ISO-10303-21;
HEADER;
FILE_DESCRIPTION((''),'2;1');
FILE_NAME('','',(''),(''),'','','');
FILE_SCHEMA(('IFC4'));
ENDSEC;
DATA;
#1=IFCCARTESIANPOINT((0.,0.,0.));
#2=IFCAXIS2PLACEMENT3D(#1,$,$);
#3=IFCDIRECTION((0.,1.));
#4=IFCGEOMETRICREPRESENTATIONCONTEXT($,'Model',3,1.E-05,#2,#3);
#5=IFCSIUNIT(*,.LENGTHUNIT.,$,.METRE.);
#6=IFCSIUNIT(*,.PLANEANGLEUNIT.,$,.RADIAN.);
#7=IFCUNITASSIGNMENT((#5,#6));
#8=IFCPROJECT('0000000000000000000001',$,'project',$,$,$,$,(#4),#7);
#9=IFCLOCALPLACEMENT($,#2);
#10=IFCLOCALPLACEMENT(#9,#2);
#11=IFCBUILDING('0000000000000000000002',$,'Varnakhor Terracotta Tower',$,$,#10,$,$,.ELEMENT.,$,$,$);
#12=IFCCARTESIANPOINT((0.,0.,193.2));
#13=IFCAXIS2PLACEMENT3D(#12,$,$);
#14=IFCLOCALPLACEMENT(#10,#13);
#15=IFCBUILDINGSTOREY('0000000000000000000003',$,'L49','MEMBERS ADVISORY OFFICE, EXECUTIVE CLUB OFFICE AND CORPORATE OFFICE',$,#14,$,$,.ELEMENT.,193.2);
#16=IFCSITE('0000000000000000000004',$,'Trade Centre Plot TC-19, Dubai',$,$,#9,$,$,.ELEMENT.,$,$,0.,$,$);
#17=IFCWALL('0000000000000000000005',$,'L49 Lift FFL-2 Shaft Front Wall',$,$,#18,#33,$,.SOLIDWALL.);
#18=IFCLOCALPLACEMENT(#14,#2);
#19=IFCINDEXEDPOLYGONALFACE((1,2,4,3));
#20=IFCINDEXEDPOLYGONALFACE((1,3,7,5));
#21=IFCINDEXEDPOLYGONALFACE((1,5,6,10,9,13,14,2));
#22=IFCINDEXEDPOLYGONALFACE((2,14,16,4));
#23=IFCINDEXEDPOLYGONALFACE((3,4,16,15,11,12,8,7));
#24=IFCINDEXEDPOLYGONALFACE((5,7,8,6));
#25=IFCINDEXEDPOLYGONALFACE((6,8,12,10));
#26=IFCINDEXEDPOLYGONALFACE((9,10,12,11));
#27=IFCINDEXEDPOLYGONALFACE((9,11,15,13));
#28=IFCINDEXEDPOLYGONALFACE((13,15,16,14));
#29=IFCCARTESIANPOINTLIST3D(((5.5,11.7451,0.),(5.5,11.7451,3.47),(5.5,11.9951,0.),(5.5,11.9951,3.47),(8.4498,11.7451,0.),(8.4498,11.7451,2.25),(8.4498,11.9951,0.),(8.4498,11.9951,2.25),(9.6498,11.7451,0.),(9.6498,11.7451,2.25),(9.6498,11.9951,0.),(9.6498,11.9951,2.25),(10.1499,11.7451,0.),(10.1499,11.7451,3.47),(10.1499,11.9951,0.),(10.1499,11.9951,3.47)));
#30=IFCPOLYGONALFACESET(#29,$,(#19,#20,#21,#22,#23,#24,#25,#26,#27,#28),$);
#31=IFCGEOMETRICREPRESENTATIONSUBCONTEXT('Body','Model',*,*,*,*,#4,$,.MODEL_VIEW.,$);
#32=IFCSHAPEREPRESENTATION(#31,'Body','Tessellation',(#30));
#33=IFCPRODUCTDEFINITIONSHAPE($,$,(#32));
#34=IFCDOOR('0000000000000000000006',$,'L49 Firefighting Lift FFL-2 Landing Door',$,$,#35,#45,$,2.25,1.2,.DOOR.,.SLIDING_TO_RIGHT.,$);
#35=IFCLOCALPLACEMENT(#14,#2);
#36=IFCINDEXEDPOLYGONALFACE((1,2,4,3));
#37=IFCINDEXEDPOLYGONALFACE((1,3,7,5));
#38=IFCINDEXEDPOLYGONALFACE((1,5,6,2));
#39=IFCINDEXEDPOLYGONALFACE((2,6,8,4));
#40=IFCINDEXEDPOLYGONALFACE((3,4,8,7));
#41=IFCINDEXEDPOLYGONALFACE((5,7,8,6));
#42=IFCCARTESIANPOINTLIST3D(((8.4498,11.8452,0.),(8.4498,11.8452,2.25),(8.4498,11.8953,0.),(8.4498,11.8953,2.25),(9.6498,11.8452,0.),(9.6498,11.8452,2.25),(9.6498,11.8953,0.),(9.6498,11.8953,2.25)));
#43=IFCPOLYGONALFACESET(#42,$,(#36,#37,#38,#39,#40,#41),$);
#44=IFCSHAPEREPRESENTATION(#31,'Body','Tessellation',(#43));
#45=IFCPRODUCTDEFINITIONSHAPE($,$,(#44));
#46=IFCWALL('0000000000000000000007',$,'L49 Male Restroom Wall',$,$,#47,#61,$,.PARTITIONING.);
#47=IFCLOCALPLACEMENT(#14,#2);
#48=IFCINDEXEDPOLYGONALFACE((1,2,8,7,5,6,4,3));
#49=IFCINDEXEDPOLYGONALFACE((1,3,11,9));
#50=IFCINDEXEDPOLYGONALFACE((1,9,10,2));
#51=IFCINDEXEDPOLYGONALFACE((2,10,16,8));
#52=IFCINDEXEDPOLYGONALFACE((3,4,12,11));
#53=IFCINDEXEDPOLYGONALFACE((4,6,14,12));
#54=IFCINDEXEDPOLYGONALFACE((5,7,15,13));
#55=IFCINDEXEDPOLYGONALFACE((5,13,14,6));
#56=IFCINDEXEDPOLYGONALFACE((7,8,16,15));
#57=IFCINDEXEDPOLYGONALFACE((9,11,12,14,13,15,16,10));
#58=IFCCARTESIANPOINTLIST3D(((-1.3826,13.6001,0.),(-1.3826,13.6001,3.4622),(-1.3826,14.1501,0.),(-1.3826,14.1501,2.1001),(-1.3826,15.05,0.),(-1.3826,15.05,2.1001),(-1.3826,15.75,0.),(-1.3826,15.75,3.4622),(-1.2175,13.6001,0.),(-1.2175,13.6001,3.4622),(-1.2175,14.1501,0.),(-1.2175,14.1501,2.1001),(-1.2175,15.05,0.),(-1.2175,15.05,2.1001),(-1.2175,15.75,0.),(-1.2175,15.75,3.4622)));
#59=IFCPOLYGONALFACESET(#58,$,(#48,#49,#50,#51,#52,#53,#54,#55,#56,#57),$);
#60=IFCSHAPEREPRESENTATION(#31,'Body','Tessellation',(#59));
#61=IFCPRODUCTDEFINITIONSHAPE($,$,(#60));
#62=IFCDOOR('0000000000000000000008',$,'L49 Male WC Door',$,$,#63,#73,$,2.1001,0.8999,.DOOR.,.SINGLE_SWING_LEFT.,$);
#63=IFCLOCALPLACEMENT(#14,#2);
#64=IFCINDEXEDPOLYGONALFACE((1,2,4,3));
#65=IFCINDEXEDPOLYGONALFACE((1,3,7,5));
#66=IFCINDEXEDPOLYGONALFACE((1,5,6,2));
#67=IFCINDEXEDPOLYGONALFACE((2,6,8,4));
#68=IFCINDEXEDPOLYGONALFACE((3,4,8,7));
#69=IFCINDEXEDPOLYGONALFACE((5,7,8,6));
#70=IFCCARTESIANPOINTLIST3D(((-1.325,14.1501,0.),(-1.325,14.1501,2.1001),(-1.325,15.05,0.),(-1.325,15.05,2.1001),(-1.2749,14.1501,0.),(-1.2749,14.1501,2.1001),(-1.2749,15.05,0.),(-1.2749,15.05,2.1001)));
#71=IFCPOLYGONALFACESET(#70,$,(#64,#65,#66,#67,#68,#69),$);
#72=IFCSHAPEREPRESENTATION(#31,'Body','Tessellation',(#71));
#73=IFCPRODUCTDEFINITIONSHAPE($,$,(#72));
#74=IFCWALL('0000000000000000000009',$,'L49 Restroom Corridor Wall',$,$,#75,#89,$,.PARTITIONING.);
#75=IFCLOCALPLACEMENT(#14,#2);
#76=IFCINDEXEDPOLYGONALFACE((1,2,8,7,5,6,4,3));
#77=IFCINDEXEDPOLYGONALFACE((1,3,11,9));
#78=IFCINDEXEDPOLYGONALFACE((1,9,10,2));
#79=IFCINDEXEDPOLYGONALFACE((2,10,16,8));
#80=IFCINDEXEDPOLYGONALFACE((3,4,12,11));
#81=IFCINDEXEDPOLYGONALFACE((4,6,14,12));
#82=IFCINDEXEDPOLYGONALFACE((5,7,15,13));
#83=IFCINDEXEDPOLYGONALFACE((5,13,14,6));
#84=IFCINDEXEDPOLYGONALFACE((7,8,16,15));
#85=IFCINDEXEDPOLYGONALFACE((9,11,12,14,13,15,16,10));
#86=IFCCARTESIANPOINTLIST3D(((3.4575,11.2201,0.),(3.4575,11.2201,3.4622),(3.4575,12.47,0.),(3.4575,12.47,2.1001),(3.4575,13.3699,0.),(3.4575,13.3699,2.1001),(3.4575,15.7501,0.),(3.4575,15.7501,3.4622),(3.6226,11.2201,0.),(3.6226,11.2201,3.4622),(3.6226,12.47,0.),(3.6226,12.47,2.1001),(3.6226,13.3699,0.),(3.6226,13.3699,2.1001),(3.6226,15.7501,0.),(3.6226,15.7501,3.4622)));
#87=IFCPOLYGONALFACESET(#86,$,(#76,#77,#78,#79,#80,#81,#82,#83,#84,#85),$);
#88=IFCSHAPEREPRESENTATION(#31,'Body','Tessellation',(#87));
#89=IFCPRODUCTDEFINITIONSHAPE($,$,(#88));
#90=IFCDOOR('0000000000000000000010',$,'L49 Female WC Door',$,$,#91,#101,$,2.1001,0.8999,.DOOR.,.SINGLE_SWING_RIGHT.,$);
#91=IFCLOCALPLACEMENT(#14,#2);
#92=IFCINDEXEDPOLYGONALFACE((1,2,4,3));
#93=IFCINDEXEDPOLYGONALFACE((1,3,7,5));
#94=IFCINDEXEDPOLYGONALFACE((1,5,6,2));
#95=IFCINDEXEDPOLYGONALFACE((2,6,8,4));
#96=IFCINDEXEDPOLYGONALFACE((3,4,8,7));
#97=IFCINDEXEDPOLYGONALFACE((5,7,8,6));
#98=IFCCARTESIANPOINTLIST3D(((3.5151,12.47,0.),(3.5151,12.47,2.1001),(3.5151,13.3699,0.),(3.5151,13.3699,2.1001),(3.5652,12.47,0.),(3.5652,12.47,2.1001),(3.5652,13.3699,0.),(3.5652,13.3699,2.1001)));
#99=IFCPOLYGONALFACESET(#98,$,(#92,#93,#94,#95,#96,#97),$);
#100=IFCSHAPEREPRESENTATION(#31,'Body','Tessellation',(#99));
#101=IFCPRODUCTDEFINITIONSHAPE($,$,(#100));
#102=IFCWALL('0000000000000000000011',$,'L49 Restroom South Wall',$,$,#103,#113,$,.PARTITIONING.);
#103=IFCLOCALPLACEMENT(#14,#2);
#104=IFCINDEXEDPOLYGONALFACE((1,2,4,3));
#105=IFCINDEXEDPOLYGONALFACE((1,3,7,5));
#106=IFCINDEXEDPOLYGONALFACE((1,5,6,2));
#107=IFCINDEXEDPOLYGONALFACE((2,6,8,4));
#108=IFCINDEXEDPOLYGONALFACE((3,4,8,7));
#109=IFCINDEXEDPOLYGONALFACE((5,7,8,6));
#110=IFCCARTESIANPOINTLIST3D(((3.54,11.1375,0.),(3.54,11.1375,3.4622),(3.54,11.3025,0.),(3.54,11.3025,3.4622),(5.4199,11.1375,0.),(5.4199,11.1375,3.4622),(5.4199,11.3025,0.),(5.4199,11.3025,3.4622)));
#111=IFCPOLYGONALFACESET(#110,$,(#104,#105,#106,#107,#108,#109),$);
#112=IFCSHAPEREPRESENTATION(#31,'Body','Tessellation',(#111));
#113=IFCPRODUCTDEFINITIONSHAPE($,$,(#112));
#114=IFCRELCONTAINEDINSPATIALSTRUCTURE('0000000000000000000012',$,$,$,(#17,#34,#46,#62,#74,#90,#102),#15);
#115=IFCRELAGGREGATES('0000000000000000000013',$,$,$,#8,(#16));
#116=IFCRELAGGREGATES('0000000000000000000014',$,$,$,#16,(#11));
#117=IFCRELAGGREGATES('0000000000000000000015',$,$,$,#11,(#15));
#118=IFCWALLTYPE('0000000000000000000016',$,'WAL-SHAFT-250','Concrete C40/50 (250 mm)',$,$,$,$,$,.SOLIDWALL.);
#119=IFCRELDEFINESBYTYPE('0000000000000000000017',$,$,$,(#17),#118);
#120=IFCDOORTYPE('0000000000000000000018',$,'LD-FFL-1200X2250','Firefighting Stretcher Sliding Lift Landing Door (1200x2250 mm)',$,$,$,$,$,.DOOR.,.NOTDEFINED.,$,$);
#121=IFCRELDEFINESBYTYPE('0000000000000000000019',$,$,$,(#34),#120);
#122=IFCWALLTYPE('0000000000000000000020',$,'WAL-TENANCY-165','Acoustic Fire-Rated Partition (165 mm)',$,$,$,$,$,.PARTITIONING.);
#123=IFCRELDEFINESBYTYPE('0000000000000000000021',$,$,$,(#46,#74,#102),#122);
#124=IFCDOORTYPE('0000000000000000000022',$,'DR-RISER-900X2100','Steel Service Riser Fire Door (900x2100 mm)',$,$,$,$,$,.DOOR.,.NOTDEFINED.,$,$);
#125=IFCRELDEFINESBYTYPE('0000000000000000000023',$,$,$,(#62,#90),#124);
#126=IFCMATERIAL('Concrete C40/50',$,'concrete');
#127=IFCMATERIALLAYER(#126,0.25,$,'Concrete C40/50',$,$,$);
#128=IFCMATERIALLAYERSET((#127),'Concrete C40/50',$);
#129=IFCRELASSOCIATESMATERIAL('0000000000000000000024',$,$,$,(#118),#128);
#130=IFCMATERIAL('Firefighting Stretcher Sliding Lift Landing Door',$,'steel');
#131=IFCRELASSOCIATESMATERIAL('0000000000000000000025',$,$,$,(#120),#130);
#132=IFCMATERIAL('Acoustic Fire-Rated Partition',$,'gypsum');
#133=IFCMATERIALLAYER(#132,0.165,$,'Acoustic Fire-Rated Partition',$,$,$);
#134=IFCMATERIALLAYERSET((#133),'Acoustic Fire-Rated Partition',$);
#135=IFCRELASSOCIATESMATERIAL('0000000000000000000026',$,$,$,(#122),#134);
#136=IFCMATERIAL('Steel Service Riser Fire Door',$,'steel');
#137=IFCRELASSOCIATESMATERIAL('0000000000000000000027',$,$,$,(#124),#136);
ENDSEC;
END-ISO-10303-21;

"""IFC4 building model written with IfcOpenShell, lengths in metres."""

from ifc_helpers import new_model, si_unit, direction, frame, frame_2d, origin, place, context, subcontext, project, spatial, rectangle, extrude, source, transform, mapped, material, layer, layer_set, type_object, type_shapes, element, fill, save


model = new_model("IFC4")

# Units and contexts
model_context = context("Model", 3, precision=1e-05, world=origin(), true_north=direction((0.0, 1.0)))
body_context = subcontext(model_context, "Body", "Model", "MODEL_VIEW")
ifc_project = project(units=[si_unit("LENGTHUNIT", "METRE"), si_unit("PLANEANGLEUNIT", "RADIAN")], contexts=[model_context])

# Site, building, storey
site_placement = place(None, origin())
site = spatial("IfcSite", under=ifc_project, at=site_placement, Name="Trade Centre Plot TC-19, Dubai", CompositionType="ELEMENT", RefElevation=0.0)
building_placement = place(site_placement, origin())
building = spatial("IfcBuilding", under=site, at=building_placement, Name="Varnakhor Terracotta Tower", CompositionType="ELEMENT")
storey_placement = place(building_placement, frame((0.0, 0.0, 193.2)))
storey = spatial("IfcBuildingStorey", under=building, at=storey_placement, Name="L49", Description="MEMBERS ADVISORY OFFICE, EXECUTIVE CLUB OFFICE AND CORPORATE OFFICE", CompositionType="ELEMENT", Elevation=193.2)

# Shared definitions
ifc_material_1 = material(Name="Concrete C40/50", Category="concrete")

# Walls, openings, doors
ifc_layer_1 = layer(ifc_material_1, 0.25, Name="Concrete C40/50")
ifc_layer_set_1 = layer_set([ifc_layer_1], Name="Concrete C40/50")
wall_type_1 = type_object("IfcWallType", Name="WAL-SHAFT-250", Description="Concrete C40/50 (250 mm)", PredefinedType="SOLIDWALL", material=ifc_layer_set_1)
wall_1_placement = place(storey_placement, frame((10.1499, 11.8701, 0.0), z_axis=(0.0, 0.0, 1.0), x_axis=(-1.0, 0.0, 0.0)))
wall_1 = element("IfcWall", 1, at=wall_1_placement, inside=storey, type_object=wall_type_1, Name="L49 Lift FFL-2 Shaft Front Wall", PredefinedType="SOLIDWALL", context=body_context, shape_type="SweptSolid", body=[
    extrude(rectangle(XDim=4.6499, YDim=0.25, at=frame_2d((2.325, 0.0))), origin(), (0.0, 0.0, 1.0), 3.47),
])
opening_1_placement = place(wall_1_placement, frame((0.5, 0.0, 0.0)))
opening_1 = element("IfcOpeningElement", 2, at=opening_1_placement, cuts=wall_1, PredefinedType="OPENING", context=body_context, shape_type="SweptSolid", body=[
    extrude(rectangle(XDim=1.2, YDim=2.25, at=frame_2d((0.6001, 1.125))), frame((0.0, 0.135, 0.0), z_axis=(0.0, -1.0, 0.0), x_axis=(1.0, 0.0, 0.0)), (0.0, 0.0, 1.0), 0.27),
])
ifc_material_2 = material(Name="Firefighting Stretcher Sliding Lift Landing Door", Category="steel")
door_type_1 = type_object("IfcDoorType", Name="LD-FFL-1200X2250", Description="Firefighting Stretcher Sliding Lift Landing Door (1200x2250 mm)", OperationType="NOTDEFINED", PredefinedType="DOOR", material=ifc_material_2)
shared_shape_1 = source(origin(), body_context, "Body", "SweptSolid", [
    extrude(rectangle(XDim=1.2, YDim=2.25, at=frame_2d((0.6001, 1.125))), frame((0.0, 0.0249, 0.0), z_axis=(0.0, -1.0, 0.0), x_axis=(1.0, 0.0, 0.0)), (0.0, 0.0, 1.0), 0.05),
])
type_shapes(door_type_1, [shared_shape_1])
door_1_placement = place(opening_1_placement, origin())
door_1 = element("IfcDoor", 3, at=door_1_placement, inside=storey, type_object=door_type_1, Name="L49 Firefighting Lift FFL-2 Landing Door", OperationType="SLIDING_TO_RIGHT", OverallHeight=2.25, OverallWidth=1.2, PredefinedType="DOOR", context=body_context, shape_type="MappedRepresentation", body=[
    mapped(shared_shape_1, transform((0.0, 0.0, 0.0), scale=1.0)),
])
fill(opening_1, door_1)
ifc_material_3 = material(Name="Acoustic Fire-Rated Partition", Category="gypsum")
ifc_layer_2 = layer(ifc_material_3, 0.165, Name="Acoustic Fire-Rated Partition")
ifc_layer_set_2 = layer_set([ifc_layer_2], Name="Acoustic Fire-Rated Partition")
wall_type_2 = type_object("IfcWallType", Name="WAL-TENANCY-165", Description="Acoustic Fire-Rated Partition (165 mm)", PredefinedType="PARTITIONING", material=ifc_layer_set_2)
wall_2_placement = place(storey_placement, frame((-1.3, 13.6001, 0.0), z_axis=(0.0, 0.0, 1.0), x_axis=(0.0, 1.0, 0.0)))
wall_2 = element("IfcWall", 4, at=wall_2_placement, inside=storey, type_object=wall_type_2, Name="L49 Male Restroom Wall", PredefinedType="PARTITIONING", context=body_context, shape_type="SweptSolid", body=[
    extrude(rectangle(XDim=2.1499, YDim=0.165, at=frame_2d((1.075, 0.0))), origin(), (0.0, 0.0, 1.0), 3.4622),
])
opening_2_placement = place(wall_2_placement, frame((0.55, 0.0, 0.0)))
opening_2 = element("IfcOpeningElement", 5, at=opening_2_placement, cuts=wall_2, PredefinedType="OPENING", context=body_context, shape_type="SweptSolid", body=[
    extrude(rectangle(XDim=0.8999, YDim=2.1001, at=frame_2d((0.45, 1.05))), frame((0.0, 0.0925, 0.0), z_axis=(0.0, -1.0, 0.0), x_axis=(1.0, 0.0, 0.0)), (0.0, 0.0, 1.0), 0.1851),
])
ifc_material_4 = material(Name="Steel Service Riser Fire Door", Category="steel")
door_type_2 = type_object("IfcDoorType", Name="DR-RISER-900X2100", Description="Steel Service Riser Fire Door (900x2100 mm)", OperationType="NOTDEFINED", PredefinedType="DOOR", material=ifc_material_4)
shared_shape_2 = source(origin(), body_context, "Body", "SweptSolid", [
    extrude(rectangle(XDim=0.8999, YDim=2.1001, at=frame_2d((0.45, 1.05))), frame((0.0, 0.0249, 0.0), z_axis=(0.0, -1.0, 0.0), x_axis=(1.0, 0.0, 0.0)), (0.0, 0.0, 1.0), 0.05),
])
type_shapes(door_type_2, [shared_shape_2])
door_2_placement = place(opening_2_placement, origin())
door_2 = element("IfcDoor", 6, at=door_2_placement, inside=storey, type_object=door_type_2, Name="L49 Male WC Door", OperationType="SINGLE_SWING_LEFT", OverallHeight=2.1001, OverallWidth=0.8999, PredefinedType="DOOR", context=body_context, shape_type="MappedRepresentation", body=[
    mapped(shared_shape_2, transform((0.0, 0.0, 0.0), scale=1.0)),
])
fill(opening_2, door_2)
wall_3_placement = place(storey_placement, frame((3.54, 11.22, 0.0), z_axis=(0.0, 0.0, 1.0), x_axis=(0.0, 1.0, 0.0)))
wall_3 = element("IfcWall", 7, at=wall_3_placement, inside=storey, type_object=wall_type_2, Name="L49 Restroom Corridor Wall", PredefinedType="PARTITIONING", context=body_context, shape_type="SweptSolid", body=[
    extrude(rectangle(XDim=4.53, YDim=0.165, at=frame_2d((2.2651, 0.0))), origin(), (0.0, 0.0, 1.0), 3.4622),
])
opening_3_placement = place(wall_3_placement, frame((1.25, 0.0, 0.0)))
opening_3 = element("IfcOpeningElement", 8, at=opening_3_placement, cuts=wall_3, PredefinedType="OPENING", context=body_context, shape_type="SweptSolid", body=[
    extrude(rectangle(XDim=0.8999, YDim=2.1001, at=frame_2d((0.45, 1.05))), frame((0.0, 0.0925, 0.0), z_axis=(0.0, -1.0, 0.0), x_axis=(1.0, 0.0, 0.0)), (0.0, 0.0, 1.0), 0.1851),
])
door_3_placement = place(opening_3_placement, origin())
door_3 = element("IfcDoor", 9, at=door_3_placement, inside=storey, type_object=door_type_2, Name="L49 Female WC Door", OperationType="SINGLE_SWING_RIGHT", OverallHeight=2.1001, OverallWidth=0.8999, PredefinedType="DOOR", context=body_context, shape_type="MappedRepresentation", body=[
    mapped(shared_shape_2, transform((0.0, 0.0, 0.0), scale=1.0)),
])
fill(opening_3, door_3)

# Wall
wall_4_placement = place(storey_placement, frame((3.54, 11.22, 0.0), z_axis=(0.0, 0.0, 1.0), x_axis=(1.0, 0.0, 0.0)))
element("IfcWall", 10, at=wall_4_placement, inside=storey, type_object=wall_type_2, Name="L49 Restroom South Wall", PredefinedType="PARTITIONING", context=body_context, shape_type="SweptSolid", body=[
    extrude(rectangle(XDim=1.8799, YDim=0.165, at=frame_2d((0.9399, 0.0))), origin(), (0.0, 0.0, 1.0), 3.4622),
])

save(model, "model.ifc")
